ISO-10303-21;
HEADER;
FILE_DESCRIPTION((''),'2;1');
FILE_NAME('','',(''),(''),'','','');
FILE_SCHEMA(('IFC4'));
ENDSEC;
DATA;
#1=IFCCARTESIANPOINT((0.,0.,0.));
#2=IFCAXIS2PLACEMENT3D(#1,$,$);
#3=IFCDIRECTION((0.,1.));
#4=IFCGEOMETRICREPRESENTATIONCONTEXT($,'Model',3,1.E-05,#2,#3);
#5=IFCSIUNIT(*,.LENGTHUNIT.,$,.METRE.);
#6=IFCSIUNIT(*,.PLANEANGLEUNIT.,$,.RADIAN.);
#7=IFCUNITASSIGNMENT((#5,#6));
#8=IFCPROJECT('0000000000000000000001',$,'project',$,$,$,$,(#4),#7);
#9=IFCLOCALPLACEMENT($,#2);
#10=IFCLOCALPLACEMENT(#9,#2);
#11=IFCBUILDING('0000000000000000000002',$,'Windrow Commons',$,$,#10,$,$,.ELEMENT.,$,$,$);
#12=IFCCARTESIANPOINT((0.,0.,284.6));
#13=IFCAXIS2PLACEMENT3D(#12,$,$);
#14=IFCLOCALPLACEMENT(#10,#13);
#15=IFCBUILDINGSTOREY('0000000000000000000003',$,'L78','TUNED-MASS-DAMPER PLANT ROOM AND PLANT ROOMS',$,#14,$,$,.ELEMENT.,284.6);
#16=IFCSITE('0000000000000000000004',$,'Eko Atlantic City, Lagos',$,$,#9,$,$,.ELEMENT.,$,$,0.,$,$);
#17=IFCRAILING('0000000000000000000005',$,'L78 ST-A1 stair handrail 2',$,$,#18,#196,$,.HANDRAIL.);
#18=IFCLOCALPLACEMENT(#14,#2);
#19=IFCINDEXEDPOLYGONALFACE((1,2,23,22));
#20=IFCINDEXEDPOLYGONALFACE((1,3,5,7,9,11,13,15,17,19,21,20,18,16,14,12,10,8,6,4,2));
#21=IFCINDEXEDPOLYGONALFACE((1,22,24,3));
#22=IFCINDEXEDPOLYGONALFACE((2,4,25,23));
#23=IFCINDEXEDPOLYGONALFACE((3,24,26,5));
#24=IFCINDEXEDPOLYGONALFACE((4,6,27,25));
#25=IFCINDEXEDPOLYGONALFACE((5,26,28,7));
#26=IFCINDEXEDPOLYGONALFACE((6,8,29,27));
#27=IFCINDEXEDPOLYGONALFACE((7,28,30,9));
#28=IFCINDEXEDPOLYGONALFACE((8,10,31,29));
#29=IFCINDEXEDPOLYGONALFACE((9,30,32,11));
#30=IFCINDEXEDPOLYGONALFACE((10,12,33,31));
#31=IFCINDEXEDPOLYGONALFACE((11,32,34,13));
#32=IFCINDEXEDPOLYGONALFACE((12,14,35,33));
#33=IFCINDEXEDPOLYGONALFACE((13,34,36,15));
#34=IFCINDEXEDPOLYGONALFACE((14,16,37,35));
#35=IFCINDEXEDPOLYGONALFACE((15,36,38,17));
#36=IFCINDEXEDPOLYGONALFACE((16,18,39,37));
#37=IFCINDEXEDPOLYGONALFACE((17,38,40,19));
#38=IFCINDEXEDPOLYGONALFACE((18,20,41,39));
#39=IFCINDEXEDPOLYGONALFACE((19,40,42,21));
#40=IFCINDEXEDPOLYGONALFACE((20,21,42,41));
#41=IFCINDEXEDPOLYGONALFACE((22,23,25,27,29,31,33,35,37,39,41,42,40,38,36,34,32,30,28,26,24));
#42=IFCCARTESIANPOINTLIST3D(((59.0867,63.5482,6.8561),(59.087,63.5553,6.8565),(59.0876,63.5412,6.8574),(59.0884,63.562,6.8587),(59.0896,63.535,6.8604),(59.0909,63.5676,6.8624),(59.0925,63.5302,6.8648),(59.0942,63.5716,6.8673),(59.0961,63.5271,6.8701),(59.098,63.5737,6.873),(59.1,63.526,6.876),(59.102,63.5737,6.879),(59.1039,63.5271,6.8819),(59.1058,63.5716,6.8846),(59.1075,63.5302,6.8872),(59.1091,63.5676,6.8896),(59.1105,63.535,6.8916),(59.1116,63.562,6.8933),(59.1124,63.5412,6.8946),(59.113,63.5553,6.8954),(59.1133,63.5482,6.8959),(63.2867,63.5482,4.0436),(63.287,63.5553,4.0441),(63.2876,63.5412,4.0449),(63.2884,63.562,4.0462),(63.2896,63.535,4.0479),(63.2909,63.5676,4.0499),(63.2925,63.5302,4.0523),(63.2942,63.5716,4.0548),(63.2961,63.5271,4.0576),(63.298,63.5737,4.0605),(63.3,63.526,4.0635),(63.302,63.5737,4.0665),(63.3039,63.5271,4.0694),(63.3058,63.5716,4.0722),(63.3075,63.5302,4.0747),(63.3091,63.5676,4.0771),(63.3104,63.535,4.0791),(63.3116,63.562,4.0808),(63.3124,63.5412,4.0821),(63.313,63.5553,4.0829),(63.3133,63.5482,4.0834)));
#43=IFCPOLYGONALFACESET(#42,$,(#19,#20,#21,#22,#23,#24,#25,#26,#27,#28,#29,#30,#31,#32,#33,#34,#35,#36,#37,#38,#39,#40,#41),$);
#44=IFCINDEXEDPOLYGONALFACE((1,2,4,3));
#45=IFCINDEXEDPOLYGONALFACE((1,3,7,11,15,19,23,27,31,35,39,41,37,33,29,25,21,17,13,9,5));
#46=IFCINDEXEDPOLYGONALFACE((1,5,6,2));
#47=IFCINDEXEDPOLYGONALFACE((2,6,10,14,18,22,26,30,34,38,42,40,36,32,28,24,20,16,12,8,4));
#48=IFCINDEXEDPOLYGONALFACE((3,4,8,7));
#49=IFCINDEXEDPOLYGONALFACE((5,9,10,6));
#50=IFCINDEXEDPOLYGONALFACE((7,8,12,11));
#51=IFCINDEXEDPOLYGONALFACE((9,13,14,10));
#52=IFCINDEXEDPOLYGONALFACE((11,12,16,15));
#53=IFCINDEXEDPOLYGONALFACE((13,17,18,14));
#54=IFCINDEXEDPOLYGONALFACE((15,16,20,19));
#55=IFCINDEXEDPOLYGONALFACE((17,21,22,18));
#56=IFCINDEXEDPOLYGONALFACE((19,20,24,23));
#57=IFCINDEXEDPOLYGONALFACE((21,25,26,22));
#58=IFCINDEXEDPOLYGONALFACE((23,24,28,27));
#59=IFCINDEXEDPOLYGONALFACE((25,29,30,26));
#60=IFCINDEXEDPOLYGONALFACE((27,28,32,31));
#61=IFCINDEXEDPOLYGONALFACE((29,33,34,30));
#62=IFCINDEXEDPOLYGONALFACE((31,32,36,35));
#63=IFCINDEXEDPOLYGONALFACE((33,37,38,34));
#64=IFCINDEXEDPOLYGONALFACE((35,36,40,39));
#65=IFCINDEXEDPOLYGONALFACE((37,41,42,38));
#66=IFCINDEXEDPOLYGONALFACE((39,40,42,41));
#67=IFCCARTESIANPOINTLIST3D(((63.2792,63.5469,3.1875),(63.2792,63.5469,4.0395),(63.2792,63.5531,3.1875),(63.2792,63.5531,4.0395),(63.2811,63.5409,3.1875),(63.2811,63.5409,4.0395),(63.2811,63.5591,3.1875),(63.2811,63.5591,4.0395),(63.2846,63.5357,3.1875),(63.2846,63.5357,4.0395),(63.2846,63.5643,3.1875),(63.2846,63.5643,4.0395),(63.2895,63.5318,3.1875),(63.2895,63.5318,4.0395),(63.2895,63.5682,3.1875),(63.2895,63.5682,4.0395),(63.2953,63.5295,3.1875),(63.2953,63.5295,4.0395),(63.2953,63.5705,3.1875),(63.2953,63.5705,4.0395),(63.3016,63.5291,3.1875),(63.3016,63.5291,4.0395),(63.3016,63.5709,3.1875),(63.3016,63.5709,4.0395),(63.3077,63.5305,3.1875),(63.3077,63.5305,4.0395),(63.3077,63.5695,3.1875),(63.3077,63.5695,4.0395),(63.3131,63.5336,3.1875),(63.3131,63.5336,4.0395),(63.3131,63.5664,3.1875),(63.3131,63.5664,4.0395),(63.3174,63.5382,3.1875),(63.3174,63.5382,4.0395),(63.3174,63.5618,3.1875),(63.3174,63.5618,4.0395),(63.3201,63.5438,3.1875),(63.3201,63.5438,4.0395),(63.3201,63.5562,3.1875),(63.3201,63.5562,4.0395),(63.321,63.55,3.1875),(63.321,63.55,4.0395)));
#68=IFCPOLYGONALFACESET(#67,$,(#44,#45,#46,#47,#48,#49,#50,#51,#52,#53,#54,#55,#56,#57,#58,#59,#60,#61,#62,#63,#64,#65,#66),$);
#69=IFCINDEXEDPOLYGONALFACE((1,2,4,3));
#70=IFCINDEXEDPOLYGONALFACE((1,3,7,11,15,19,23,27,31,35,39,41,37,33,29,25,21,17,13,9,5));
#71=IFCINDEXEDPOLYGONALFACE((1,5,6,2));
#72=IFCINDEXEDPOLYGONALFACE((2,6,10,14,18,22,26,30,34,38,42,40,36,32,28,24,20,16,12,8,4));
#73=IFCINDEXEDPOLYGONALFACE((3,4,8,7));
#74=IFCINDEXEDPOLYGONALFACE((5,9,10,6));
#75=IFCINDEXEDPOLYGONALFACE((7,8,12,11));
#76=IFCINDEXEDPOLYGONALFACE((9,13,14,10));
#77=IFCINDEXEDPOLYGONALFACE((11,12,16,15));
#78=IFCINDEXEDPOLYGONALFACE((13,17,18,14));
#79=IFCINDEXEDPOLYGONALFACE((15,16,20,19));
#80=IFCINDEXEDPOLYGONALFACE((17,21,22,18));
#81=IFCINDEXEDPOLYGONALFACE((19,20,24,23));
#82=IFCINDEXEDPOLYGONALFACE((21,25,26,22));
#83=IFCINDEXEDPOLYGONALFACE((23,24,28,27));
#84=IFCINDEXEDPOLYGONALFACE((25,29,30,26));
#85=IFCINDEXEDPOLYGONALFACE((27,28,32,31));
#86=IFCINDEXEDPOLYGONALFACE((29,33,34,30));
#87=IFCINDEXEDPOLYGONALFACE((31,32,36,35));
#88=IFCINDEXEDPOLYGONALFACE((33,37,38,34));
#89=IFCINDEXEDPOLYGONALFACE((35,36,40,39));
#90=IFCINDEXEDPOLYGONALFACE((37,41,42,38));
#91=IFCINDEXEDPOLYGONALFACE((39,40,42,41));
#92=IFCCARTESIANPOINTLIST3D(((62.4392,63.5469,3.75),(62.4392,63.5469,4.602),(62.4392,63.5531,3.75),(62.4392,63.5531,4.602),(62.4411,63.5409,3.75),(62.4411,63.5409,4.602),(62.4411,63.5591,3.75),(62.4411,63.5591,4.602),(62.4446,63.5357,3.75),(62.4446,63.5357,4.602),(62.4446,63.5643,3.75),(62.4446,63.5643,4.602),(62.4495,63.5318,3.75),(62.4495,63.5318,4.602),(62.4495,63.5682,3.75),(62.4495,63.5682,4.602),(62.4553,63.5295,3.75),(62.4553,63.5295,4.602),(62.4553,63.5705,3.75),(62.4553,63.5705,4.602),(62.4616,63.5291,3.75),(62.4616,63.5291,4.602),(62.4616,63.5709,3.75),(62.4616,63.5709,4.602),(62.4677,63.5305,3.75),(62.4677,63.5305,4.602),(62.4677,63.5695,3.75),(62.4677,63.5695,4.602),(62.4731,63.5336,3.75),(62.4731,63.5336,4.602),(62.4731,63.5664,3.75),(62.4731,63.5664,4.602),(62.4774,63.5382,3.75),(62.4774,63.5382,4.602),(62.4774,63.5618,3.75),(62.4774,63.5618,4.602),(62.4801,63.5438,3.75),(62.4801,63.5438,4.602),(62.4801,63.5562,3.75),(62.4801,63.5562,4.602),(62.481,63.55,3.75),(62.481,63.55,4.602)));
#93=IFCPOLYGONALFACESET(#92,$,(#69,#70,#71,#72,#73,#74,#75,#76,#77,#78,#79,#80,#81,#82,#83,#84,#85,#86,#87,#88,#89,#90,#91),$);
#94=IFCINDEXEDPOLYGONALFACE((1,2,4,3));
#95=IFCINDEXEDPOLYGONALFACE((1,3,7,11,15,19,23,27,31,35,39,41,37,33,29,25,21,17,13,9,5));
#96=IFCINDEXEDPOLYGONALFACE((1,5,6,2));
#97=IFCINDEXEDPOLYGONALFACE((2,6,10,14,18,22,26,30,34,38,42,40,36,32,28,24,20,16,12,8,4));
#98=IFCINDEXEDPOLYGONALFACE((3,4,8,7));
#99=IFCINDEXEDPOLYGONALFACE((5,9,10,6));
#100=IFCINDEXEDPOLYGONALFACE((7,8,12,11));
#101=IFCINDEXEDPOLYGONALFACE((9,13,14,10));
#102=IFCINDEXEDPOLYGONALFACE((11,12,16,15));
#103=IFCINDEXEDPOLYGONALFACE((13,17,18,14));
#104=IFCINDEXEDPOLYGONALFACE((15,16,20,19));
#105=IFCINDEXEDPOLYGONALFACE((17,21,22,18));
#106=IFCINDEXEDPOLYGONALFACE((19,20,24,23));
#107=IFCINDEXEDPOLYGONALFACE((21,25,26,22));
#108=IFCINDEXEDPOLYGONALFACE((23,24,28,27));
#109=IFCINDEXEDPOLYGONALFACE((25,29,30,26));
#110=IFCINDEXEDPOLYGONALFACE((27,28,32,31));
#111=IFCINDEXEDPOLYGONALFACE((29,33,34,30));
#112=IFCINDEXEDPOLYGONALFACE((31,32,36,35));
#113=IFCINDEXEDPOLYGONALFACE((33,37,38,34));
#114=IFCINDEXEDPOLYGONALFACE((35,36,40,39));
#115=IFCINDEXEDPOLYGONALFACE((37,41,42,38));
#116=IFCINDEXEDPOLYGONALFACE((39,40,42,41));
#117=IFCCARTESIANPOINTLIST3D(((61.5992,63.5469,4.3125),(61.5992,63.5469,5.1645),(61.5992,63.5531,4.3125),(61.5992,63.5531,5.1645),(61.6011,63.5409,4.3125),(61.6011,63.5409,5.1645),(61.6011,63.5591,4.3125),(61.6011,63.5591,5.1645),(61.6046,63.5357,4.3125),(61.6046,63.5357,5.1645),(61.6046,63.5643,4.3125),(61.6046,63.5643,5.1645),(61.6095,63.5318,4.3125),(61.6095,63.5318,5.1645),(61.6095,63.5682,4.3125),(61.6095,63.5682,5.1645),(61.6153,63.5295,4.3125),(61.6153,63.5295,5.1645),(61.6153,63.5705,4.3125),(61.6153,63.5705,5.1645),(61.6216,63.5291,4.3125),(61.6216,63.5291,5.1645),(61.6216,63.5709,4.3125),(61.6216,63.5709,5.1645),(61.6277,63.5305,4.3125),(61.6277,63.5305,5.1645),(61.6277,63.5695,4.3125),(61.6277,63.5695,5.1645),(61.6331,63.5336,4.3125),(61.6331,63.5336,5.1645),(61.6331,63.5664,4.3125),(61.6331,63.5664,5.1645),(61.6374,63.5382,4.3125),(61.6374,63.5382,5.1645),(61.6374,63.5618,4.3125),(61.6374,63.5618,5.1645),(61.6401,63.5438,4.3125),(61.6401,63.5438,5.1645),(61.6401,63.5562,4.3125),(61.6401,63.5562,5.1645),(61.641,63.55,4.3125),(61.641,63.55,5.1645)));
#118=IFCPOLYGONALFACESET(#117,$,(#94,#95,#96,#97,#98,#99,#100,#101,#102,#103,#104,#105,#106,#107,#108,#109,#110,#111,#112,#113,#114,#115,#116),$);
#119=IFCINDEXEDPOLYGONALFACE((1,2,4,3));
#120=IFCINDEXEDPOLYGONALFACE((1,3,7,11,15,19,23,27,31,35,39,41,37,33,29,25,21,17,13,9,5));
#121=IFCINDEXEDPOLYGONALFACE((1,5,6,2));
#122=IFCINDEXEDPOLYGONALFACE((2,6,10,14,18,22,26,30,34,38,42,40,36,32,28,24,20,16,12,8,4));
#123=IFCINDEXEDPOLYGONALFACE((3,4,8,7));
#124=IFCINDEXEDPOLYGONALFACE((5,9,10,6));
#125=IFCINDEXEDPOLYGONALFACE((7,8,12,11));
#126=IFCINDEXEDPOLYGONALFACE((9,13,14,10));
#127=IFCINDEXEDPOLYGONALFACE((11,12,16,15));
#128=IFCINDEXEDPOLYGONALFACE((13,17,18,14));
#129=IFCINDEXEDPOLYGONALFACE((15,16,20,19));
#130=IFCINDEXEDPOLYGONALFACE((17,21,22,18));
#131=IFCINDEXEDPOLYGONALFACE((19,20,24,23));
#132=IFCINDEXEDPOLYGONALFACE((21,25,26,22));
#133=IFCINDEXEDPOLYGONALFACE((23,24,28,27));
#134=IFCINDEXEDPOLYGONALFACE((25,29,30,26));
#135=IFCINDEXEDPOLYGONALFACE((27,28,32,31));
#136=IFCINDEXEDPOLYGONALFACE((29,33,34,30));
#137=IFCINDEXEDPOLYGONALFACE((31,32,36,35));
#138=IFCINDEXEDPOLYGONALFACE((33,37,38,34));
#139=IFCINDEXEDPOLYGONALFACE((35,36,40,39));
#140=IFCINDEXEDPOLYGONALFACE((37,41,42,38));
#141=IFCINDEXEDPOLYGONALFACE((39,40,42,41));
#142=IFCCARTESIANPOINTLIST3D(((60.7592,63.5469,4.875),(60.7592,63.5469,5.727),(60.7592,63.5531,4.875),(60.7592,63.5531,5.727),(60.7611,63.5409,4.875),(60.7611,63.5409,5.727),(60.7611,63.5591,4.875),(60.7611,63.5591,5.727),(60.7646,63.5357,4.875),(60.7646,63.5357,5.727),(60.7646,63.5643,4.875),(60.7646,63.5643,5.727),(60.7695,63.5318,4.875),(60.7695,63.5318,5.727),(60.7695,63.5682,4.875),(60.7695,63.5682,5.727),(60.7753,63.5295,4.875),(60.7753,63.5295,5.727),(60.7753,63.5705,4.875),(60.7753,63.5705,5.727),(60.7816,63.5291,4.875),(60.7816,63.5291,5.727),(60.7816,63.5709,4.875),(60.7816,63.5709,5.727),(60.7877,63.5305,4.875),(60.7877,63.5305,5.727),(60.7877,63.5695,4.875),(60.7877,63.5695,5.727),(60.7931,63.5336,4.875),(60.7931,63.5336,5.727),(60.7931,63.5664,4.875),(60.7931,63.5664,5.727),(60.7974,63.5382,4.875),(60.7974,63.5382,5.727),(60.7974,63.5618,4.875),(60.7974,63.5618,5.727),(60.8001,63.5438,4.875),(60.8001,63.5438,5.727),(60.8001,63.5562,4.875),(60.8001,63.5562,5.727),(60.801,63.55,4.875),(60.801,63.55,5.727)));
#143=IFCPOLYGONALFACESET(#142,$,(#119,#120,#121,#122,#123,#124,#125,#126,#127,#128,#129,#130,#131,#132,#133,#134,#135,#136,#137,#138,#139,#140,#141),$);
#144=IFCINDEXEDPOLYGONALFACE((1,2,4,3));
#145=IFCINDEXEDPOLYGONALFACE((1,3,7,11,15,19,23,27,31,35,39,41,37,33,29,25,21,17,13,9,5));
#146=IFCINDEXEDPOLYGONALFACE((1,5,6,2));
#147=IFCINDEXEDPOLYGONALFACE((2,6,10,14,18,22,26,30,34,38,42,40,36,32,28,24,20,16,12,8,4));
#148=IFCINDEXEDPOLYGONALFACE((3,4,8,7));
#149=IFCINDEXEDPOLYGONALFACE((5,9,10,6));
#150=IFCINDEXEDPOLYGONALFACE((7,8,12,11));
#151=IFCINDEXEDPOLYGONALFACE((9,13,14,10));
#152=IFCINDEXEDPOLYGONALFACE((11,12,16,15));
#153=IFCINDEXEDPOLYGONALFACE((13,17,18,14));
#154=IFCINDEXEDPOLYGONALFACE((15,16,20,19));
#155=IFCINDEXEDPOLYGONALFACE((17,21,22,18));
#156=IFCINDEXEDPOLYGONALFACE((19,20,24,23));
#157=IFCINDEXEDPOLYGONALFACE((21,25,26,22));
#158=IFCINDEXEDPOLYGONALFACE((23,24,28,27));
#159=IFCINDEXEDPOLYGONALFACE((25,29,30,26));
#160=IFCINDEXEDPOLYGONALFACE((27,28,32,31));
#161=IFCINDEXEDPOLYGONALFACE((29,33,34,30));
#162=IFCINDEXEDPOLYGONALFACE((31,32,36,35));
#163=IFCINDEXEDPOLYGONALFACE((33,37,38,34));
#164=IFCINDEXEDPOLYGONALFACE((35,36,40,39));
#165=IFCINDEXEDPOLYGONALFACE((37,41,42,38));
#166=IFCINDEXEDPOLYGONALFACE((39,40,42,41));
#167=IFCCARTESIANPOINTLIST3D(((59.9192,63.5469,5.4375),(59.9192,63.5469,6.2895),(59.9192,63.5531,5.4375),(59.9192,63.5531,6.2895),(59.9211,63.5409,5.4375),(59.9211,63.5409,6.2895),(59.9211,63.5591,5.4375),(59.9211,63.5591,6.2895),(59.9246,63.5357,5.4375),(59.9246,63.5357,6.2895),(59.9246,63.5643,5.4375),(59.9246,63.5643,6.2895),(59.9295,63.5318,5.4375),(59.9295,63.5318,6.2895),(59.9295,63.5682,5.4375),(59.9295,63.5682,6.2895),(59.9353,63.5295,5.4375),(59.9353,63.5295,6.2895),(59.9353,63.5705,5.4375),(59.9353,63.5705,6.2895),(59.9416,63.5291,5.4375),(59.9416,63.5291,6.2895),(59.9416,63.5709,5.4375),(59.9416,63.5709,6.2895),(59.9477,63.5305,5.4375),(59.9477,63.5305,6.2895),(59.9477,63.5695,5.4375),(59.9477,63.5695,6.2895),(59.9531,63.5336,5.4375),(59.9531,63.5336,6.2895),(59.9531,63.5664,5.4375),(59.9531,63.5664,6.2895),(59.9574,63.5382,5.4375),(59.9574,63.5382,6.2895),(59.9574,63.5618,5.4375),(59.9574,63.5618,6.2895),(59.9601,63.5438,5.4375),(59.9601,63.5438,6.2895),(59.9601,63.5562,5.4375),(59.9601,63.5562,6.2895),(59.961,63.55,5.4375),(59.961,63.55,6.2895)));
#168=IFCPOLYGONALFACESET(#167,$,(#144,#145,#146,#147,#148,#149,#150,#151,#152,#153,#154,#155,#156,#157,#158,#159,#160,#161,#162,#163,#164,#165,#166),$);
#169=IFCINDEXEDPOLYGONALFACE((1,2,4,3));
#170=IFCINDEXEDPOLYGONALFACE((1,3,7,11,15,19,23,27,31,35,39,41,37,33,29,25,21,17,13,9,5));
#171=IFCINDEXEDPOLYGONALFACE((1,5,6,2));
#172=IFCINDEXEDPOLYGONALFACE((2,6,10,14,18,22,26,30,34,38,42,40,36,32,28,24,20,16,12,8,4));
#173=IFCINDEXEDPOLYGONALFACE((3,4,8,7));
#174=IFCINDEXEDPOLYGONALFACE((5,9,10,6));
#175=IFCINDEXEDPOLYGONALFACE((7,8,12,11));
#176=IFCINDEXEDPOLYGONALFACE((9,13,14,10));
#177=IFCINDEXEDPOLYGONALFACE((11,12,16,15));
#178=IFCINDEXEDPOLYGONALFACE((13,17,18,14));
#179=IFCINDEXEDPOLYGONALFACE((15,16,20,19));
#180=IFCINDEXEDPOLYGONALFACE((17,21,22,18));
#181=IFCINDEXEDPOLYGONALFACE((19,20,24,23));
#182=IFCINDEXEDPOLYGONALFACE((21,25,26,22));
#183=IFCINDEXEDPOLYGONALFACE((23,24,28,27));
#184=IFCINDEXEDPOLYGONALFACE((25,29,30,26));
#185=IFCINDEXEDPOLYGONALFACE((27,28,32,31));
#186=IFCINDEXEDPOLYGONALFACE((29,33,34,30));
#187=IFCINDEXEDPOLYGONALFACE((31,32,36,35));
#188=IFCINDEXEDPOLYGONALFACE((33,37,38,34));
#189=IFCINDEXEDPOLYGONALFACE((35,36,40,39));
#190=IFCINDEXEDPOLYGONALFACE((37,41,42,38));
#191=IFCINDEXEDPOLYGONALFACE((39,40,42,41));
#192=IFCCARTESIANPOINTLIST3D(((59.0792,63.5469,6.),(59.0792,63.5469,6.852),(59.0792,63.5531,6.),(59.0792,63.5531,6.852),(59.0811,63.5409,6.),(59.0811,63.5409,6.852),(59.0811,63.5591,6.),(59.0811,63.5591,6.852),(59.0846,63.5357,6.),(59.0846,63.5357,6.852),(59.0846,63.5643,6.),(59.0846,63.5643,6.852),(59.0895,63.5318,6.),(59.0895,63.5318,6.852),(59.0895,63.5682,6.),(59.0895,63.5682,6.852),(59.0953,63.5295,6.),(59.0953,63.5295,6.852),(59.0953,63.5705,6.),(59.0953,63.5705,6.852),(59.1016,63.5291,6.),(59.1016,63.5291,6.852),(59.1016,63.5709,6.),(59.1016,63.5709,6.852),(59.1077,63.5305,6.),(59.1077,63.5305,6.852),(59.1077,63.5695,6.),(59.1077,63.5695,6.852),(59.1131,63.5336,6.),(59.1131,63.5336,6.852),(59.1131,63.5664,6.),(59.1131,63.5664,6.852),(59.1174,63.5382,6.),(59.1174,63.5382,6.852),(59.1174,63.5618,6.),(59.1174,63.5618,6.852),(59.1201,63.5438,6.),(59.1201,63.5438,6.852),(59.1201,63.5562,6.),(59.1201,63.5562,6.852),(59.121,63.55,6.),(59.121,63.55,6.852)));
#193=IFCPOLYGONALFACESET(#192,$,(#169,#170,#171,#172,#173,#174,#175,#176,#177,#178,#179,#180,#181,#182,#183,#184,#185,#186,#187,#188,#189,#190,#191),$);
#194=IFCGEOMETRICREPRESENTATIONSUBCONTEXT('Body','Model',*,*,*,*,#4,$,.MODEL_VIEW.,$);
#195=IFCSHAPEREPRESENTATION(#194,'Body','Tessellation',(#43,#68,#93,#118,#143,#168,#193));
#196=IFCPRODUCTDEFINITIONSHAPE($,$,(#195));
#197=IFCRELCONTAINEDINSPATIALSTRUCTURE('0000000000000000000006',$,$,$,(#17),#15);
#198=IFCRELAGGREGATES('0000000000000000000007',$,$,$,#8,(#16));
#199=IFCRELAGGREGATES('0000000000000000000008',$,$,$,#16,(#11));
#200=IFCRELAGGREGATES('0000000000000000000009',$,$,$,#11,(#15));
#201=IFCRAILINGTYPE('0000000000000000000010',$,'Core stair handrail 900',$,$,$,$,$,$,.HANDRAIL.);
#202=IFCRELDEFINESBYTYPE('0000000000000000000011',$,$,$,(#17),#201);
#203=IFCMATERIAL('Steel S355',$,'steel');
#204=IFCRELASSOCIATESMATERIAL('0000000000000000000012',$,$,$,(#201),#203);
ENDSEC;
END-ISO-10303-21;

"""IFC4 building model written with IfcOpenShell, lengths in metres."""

from ifc_helpers import new_model, si_unit, direction, frame, origin, origin_2d, place, context, subcontext, project, spatial, circle, extrude, material, type_object, element, save


model = new_model("IFC4")

# Units and contexts
model_context = context("Model", 3, precision=1e-05, world=origin(), true_north=direction((0.0, 1.0)))
body_context = subcontext(model_context, "Body", "Model", "MODEL_VIEW")
ifc_project = project(units=[si_unit("LENGTHUNIT", "METRE"), si_unit("PLANEANGLEUNIT", "RADIAN")], contexts=[model_context])

# Site, building, storey
site_placement = place(None, origin())
site = spatial("IfcSite", under=ifc_project, at=site_placement, Name="Eko Atlantic City, Lagos", CompositionType="ELEMENT", RefElevation=0.0)
building_placement = place(site_placement, origin())
building = spatial("IfcBuilding", under=site, at=building_placement, Name="Windrow Commons", CompositionType="ELEMENT")
storey_placement = place(building_placement, frame((0.0, 0.0, 284.6)))
storey = spatial("IfcBuildingStorey", under=building, at=storey_placement, Name="L78", Description="TUNED-MASS-DAMPER PLANT ROOM AND PLANT ROOMS", CompositionType="ELEMENT", Elevation=284.6)

# Railing
ifc_material_1 = material(Name="Steel S355", Category="steel")
railing_type_1 = type_object("IfcRailingType", Name="Core stair handrail 900", PredefinedType="HANDRAIL", material=ifc_material_1)
for number, where, name in (
    (1, (63.3, 63.55, 3.1875), "L78 ST-A1 stair handrail 2"),
):
    element("IfcRailing", number, at=place(storey_placement, frame(where)), inside=storey, type_object=railing_type_1, Name=name, PredefinedType="HANDRAIL", context=body_context, shape_type="SweptSolid", body=[
        extrude(circle(Radius=0.024, at=origin_2d()), frame((0.0, 0.0, 0.876), z_axis=(-0.830907, 0.0, 0.556411), x_axis=(0.0, -1.0, 0.0)), (0.0, 0.0, 1.0), 5.0547),
        extrude(circle(Radius=0.021, at=origin_2d()), origin(), (0.0, 0.0, 1.0), 0.852),
        extrude(circle(Radius=0.021, at=origin_2d()), frame((-0.84, 0.0, 0.5625)), (0.0, 0.0, 1.0), 0.852),
        extrude(circle(Radius=0.021, at=origin_2d()), frame((-1.68, 0.0, 1.125)), (0.0, 0.0, 1.0), 0.852),
        extrude(circle(Radius=0.021, at=origin_2d()), frame((-2.52, 0.0, 1.6875)), (0.0, 0.0, 1.0), 0.852),
        extrude(circle(Radius=0.021, at=origin_2d()), frame((-3.36, 0.0, 2.25)), (0.0, 0.0, 1.0), 0.852),
        extrude(circle(Radius=0.021, at=origin_2d()), frame((-4.2, 0.0, 2.8125)), (0.0, 0.0, 1.0), 0.852),
    ])

save(model, "model.ifc")
